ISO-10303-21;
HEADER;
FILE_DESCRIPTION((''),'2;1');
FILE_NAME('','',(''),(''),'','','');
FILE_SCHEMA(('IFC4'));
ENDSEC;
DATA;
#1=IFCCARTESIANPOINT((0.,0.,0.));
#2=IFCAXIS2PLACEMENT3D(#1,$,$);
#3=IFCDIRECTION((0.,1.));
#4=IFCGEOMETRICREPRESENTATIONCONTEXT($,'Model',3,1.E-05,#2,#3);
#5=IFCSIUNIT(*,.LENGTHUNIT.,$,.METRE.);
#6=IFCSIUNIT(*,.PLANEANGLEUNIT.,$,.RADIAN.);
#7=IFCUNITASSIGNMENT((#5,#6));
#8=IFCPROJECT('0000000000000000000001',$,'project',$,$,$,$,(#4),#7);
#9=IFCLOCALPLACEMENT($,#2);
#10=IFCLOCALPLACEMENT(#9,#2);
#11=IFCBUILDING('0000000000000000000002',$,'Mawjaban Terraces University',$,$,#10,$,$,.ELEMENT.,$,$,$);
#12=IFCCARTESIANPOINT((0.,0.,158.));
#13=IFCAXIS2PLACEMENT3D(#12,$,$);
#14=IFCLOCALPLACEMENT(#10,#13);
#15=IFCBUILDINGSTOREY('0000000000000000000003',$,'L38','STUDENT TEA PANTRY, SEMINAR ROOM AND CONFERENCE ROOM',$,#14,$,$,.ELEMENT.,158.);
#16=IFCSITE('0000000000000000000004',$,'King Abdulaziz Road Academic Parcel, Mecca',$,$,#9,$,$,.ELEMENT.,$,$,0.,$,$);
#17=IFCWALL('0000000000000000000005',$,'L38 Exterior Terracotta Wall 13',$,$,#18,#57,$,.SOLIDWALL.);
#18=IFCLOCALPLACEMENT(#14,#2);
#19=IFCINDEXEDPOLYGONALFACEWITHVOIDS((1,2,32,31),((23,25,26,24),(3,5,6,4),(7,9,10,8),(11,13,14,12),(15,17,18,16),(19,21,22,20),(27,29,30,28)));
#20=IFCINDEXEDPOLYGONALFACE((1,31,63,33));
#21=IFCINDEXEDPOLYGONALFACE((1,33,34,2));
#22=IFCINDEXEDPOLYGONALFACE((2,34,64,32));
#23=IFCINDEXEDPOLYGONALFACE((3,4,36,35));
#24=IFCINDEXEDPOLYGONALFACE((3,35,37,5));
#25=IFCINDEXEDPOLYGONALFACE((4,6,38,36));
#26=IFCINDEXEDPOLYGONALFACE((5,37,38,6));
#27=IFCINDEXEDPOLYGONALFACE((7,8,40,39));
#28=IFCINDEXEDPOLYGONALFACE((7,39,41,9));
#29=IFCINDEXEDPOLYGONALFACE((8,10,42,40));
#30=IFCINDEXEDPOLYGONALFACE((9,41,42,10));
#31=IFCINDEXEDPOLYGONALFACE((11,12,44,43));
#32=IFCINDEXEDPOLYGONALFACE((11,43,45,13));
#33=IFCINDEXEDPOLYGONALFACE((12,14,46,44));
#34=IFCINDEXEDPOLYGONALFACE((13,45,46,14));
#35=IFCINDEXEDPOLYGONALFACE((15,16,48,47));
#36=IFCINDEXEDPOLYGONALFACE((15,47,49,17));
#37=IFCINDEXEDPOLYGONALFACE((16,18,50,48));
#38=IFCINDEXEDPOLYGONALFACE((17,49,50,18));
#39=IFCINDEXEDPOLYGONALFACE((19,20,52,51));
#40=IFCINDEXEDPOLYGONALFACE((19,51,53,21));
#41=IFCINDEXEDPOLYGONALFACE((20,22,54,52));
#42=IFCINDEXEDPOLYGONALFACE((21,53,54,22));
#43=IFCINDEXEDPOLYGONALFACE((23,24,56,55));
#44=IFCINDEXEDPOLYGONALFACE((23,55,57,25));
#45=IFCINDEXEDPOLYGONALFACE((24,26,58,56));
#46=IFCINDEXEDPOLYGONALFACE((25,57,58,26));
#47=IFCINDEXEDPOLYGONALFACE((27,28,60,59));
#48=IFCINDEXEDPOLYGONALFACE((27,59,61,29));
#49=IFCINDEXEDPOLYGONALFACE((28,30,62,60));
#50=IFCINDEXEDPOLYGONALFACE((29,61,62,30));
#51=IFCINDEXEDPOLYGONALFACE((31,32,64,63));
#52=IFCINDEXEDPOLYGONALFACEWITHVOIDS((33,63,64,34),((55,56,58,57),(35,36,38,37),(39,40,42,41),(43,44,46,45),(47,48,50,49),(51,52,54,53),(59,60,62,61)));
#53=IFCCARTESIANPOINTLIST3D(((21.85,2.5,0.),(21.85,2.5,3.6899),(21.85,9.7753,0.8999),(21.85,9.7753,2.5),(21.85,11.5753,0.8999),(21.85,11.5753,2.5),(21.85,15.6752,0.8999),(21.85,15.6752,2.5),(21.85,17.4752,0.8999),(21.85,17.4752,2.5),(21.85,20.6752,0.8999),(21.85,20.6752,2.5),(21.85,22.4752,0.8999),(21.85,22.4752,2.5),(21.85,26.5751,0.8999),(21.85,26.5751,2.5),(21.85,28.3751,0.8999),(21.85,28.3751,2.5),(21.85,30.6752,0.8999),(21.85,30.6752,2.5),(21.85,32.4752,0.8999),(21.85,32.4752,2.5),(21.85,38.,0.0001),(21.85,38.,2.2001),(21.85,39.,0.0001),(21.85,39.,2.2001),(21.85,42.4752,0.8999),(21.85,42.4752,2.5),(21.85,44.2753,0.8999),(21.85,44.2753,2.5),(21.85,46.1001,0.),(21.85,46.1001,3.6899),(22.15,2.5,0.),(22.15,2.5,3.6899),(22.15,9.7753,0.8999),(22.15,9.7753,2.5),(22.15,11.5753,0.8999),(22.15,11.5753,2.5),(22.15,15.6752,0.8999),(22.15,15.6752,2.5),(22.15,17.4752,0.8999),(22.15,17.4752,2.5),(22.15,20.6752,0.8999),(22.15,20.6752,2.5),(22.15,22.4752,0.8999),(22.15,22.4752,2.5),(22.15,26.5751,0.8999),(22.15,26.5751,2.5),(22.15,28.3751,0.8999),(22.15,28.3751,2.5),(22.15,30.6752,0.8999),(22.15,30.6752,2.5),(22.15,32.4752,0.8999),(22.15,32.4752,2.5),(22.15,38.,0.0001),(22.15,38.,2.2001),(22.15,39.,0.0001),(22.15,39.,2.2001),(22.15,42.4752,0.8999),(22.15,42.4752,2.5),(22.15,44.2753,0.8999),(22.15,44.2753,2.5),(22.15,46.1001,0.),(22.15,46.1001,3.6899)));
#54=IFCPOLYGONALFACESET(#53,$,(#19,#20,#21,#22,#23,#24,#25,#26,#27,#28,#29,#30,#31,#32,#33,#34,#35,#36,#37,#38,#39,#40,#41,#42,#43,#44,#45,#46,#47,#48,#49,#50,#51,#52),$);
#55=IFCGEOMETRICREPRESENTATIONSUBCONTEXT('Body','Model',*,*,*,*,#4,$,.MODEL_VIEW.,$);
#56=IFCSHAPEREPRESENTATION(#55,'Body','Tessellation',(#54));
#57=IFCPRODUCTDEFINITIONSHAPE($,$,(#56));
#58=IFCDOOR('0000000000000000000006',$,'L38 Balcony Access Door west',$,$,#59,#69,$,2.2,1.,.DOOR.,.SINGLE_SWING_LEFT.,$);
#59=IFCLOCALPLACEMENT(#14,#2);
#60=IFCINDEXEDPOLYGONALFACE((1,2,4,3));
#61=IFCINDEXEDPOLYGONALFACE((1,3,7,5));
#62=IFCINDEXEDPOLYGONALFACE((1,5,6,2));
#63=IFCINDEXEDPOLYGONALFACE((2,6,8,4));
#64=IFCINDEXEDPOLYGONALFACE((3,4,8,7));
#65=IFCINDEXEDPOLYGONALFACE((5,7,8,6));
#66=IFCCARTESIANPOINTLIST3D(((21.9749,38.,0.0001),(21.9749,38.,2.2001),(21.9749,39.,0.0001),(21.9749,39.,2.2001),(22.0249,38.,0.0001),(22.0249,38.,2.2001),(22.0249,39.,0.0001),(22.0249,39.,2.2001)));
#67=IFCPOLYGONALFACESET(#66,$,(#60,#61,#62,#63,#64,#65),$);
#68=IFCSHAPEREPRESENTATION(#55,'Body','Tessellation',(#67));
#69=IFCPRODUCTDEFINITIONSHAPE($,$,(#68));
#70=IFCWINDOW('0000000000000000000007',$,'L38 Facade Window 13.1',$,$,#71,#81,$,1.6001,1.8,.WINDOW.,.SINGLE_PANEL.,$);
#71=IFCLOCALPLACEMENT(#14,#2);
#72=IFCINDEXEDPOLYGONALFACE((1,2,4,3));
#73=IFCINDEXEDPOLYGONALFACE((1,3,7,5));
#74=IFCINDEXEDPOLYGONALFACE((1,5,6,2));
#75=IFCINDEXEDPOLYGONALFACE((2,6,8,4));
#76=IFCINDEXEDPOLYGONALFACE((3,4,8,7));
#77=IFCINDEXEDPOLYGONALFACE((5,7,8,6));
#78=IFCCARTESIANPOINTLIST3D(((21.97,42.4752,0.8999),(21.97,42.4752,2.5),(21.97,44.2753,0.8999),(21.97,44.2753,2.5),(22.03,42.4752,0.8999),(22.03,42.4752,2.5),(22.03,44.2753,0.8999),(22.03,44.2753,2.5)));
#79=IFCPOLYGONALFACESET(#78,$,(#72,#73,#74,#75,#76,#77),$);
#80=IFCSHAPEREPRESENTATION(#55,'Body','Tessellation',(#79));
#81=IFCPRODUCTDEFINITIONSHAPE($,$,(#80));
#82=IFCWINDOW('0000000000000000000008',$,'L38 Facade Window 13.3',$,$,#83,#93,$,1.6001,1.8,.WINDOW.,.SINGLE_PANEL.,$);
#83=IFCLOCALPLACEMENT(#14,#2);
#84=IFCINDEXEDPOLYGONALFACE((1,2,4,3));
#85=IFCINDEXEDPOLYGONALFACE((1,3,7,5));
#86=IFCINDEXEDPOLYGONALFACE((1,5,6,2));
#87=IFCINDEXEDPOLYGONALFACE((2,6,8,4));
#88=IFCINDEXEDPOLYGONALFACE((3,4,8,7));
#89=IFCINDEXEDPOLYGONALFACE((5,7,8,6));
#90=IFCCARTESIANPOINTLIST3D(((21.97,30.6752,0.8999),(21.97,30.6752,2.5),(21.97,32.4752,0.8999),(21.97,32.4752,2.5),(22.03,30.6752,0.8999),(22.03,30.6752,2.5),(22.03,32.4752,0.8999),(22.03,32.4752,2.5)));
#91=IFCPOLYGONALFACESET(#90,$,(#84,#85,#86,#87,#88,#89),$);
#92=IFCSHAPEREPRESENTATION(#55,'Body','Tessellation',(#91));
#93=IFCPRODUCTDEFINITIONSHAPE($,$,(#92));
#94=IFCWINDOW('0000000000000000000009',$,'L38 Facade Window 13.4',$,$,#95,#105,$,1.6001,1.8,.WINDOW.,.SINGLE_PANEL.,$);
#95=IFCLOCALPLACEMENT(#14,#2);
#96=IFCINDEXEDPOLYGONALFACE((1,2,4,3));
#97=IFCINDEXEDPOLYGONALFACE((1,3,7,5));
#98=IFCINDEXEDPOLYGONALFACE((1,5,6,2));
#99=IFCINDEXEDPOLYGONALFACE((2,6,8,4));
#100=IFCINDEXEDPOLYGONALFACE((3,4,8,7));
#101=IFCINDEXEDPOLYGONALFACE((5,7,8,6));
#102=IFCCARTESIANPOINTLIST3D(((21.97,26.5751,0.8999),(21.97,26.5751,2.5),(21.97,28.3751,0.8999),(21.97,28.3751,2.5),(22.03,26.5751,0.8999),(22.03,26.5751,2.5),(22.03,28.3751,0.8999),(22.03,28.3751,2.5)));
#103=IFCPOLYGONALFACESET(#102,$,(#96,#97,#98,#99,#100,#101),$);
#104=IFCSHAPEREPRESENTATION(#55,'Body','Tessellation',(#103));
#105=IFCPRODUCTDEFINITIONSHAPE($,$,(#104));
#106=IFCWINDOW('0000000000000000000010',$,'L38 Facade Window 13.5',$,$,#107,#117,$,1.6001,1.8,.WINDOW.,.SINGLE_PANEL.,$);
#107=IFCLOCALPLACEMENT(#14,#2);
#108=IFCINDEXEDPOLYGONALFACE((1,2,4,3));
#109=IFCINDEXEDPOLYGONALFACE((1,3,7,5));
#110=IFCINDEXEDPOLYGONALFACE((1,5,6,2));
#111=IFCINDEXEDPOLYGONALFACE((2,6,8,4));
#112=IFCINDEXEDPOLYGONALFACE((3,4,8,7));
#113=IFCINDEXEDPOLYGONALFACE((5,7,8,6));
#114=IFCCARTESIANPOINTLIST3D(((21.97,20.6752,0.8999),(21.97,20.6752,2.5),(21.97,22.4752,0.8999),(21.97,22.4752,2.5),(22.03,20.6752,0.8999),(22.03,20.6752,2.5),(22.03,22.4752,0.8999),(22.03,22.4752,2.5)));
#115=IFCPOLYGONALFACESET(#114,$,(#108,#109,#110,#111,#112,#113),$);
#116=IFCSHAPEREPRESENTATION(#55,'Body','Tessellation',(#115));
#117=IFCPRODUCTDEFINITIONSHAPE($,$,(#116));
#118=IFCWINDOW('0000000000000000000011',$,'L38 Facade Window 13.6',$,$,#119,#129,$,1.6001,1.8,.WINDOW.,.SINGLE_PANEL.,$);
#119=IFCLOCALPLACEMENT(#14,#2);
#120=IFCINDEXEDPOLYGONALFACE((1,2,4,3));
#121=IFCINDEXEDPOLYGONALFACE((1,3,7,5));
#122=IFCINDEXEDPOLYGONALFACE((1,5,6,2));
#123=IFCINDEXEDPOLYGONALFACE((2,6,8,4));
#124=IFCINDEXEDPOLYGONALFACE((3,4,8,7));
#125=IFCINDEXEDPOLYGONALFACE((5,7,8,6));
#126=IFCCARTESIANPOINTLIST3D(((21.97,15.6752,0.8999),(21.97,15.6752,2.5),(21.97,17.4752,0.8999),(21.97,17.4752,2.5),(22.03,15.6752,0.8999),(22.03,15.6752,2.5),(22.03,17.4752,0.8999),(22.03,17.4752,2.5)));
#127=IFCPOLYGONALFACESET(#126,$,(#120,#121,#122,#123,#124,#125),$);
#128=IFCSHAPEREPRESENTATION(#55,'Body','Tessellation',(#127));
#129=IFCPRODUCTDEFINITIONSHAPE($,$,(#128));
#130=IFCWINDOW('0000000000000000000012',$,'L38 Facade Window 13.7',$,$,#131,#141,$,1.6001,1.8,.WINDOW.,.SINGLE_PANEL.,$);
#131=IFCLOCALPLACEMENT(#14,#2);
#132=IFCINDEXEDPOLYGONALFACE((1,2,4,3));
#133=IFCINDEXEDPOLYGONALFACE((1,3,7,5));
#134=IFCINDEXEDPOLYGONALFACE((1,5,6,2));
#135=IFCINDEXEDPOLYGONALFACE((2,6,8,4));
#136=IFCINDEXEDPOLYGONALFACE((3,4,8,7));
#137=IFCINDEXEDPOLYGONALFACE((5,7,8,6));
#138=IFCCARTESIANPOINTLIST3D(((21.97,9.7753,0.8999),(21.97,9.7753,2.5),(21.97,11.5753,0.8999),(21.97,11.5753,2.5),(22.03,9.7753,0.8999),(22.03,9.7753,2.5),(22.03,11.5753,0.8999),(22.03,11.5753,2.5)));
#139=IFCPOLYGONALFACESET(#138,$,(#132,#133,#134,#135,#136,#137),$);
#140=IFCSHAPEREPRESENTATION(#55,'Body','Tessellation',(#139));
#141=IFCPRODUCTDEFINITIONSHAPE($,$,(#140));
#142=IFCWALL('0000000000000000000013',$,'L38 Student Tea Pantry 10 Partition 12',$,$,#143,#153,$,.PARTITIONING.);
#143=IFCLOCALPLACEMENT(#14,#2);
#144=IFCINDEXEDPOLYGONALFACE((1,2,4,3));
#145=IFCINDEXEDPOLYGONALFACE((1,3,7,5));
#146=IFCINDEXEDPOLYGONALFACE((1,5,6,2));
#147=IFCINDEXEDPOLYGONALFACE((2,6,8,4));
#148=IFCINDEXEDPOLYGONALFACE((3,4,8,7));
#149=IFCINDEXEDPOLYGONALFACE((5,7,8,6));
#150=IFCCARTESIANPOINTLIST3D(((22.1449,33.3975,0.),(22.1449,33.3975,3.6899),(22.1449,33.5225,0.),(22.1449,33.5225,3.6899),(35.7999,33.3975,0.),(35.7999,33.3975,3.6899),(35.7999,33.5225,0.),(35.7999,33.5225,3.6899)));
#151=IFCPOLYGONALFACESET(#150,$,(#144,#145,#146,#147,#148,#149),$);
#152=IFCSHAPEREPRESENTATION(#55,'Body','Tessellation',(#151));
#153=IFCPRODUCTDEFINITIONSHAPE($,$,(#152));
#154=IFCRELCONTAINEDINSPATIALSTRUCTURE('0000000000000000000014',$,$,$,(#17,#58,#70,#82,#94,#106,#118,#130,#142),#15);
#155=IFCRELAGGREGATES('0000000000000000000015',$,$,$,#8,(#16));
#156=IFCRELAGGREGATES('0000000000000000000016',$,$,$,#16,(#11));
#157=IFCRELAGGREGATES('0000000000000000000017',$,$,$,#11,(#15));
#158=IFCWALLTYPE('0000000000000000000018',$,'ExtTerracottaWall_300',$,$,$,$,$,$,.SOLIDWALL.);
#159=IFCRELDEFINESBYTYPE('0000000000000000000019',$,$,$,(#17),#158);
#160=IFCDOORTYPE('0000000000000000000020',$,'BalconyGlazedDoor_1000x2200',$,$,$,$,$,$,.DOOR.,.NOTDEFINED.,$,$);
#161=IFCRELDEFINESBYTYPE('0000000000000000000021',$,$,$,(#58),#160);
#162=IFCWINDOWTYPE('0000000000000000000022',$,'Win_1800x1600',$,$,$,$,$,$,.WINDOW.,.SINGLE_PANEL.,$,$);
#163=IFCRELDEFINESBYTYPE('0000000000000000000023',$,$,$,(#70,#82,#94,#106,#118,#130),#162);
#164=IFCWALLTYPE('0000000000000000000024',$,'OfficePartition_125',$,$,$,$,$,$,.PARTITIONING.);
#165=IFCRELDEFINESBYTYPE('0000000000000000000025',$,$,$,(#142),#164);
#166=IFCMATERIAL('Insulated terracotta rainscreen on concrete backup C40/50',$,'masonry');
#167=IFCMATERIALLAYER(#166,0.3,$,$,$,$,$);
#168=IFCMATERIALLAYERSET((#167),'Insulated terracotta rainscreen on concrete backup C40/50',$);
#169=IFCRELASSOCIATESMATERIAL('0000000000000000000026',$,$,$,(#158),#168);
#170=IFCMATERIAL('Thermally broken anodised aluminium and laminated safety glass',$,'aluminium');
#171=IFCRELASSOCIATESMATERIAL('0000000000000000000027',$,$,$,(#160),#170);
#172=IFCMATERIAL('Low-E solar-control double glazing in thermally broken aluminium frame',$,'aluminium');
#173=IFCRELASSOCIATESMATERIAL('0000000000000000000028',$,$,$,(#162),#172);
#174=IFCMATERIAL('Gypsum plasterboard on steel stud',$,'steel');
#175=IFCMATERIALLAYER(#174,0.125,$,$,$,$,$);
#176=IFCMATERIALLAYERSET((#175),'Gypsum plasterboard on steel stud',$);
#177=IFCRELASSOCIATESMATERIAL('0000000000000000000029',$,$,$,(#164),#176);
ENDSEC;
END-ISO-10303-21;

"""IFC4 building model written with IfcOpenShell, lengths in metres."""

from ifc_helpers import new_model, si_unit, direction, frame, frame_2d, origin, place, context, subcontext, project, spatial, rectangle, extrude, material, layer, layer_set, type_object, element, fill, save


model = new_model("IFC4")

# Units and contexts
model_context = context("Model", 3, precision=1e-05, world=origin(), true_north=direction((0.0, 1.0)))
body_context = subcontext(model_context, "Body", "Model", "MODEL_VIEW")
ifc_project = project(units=[si_unit("LENGTHUNIT", "METRE"), si_unit("PLANEANGLEUNIT", "RADIAN")], contexts=[model_context])

# Site, building, storey
site_placement = place(None, origin())
site = spatial("IfcSite", under=ifc_project, at=site_placement, Name="King Abdulaziz Road Academic Parcel, Mecca", CompositionType="ELEMENT", RefElevation=0.0)
building_placement = place(site_placement, origin())
building = spatial("IfcBuilding", under=site, at=building_placement, Name="Mawjaban Terraces University", CompositionType="ELEMENT")
storey_placement = place(building_placement, frame((0.0, 0.0, 158.0)))
storey = spatial("IfcBuildingStorey", under=building, at=storey_placement, Name="L38", Description="STUDENT TEA PANTRY, SEMINAR ROOM AND CONFERENCE ROOM", CompositionType="ELEMENT", Elevation=158.0)

# Shared definitions
ifc_material_1 = material(Name="Insulated terracotta rainscreen on concrete backup C40/50", Category="masonry")
ifc_layer_1 = layer(ifc_material_1, 0.3)
ifc_layer_set_1 = layer_set([ifc_layer_1], Name="Insulated terracotta rainscreen on concrete backup C40/50")
wall_type_1 = type_object("IfcWallType", Name="ExtTerracottaWall_300", PredefinedType="SOLIDWALL", material=ifc_layer_set_1)
ifc_material_2 = material(Name="Low-E solar-control double glazing in thermally broken aluminium frame", Category="aluminium")

# Wall, openings, door, windows
wall_1_placement = place(storey_placement, frame((22.0, 46.1001, 0.0), z_axis=(0.0, 0.0, 1.0), x_axis=(0.0, -1.0, 0.0)))
wall_1 = element("IfcWall", 1, at=wall_1_placement, inside=storey, type_object=wall_type_1, Name="L38 Exterior Terracotta Wall 13", PredefinedType="SOLIDWALL", context=body_context, shape_type="SweptSolid", body=[
    extrude(rectangle(XDim=43.6001, YDim=0.3, at=frame_2d((21.8, 0.0))), origin(), (0.0, 0.0, 1.0), 3.6899),
])
opening_1_placement = place(wall_1_placement, frame((7.1001, 0.0, 0.0)))
opening_1 = element("IfcOpeningElement", 2, at=opening_1_placement, cuts=wall_1, PredefinedType="OPENING", context=body_context, shape_type="SweptSolid", body=[
    extrude(rectangle(XDim=1.0, YDim=2.2, at=frame_2d((0.5, 1.1001))), frame((0.0, 0.1599, 0.0), z_axis=(0.0, -1.0, 0.0), x_axis=(1.0, 0.0, 0.0)), (0.0, 0.0, 1.0), 0.3201),
])
opening_2_placement = place(wall_1_placement, frame((1.825, 0.0, 0.8999)))
opening_2 = element("IfcOpeningElement", 3, at=opening_2_placement, cuts=wall_1, PredefinedType="OPENING", context=body_context, shape_type="SweptSolid", body=[
    extrude(rectangle(XDim=1.8, YDim=1.6001, at=frame_2d((0.8999, 0.8))), frame((0.0, 0.1599, 0.0), z_axis=(0.0, -1.0, 0.0), x_axis=(1.0, 0.0, 0.0)), (0.0, 0.0, 1.0), 0.3201),
])
opening_3_placement = place(wall_1_placement, frame((13.625, 0.0, 0.8999)))
opening_3 = element("IfcOpeningElement", 4, at=opening_3_placement, cuts=wall_1, PredefinedType="OPENING", context=body_context, shape_type="SweptSolid", body=[
    extrude(rectangle(XDim=1.8, YDim=1.6001, at=frame_2d((0.8999, 0.8))), frame((0.0, 0.1599, 0.0), z_axis=(0.0, -1.0, 0.0), x_axis=(1.0, 0.0, 0.0)), (0.0, 0.0, 1.0), 0.3201),
])
opening_4_placement = place(wall_1_placement, frame((17.7251, 0.0, 0.8999)))
opening_4 = element("IfcOpeningElement", 5, at=opening_4_placement, cuts=wall_1, PredefinedType="OPENING", context=body_context, shape_type="SweptSolid", body=[
    extrude(rectangle(XDim=1.8, YDim=1.6001, at=frame_2d((0.8999, 0.8))), frame((0.0, 0.1599, 0.0), z_axis=(0.0, -1.0, 0.0), x_axis=(1.0, 0.0, 0.0)), (0.0, 0.0, 1.0), 0.3201),
])
opening_5_placement = place(wall_1_placement, frame((23.625, 0.0, 0.8999)))
opening_5 = element("IfcOpeningElement", 6, at=opening_5_placement, cuts=wall_1, PredefinedType="OPENING", context=body_context, shape_type="SweptSolid", body=[
    extrude(rectangle(XDim=1.8, YDim=1.6001, at=frame_2d((0.8999, 0.8))), frame((0.0, 0.1599, 0.0), z_axis=(0.0, -1.0, 0.0), x_axis=(1.0, 0.0, 0.0)), (0.0, 0.0, 1.0), 0.3201),
])
opening_6_placement = place(wall_1_placement, frame((28.625, 0.0, 0.8999)))
opening_6 = element("IfcOpeningElement", 7, at=opening_6_placement, cuts=wall_1, PredefinedType="OPENING", context=body_context, shape_type="SweptSolid", body=[
    extrude(rectangle(XDim=1.8, YDim=1.6001, at=frame_2d((0.8999, 0.8))), frame((0.0, 0.1599, 0.0), z_axis=(0.0, -1.0, 0.0), x_axis=(1.0, 0.0, 0.0)), (0.0, 0.0, 1.0), 0.3201),
])
opening_7_placement = place(wall_1_placement, frame((34.5249, 0.0, 0.8999)))
opening_7 = element("IfcOpeningElement", 8, at=opening_7_placement, cuts=wall_1, PredefinedType="OPENING", context=body_context, shape_type="SweptSolid", body=[
    extrude(rectangle(XDim=1.8, YDim=1.6001, at=frame_2d((0.8999, 0.8))), frame((0.0, 0.1599, 0.0), z_axis=(0.0, -1.0, 0.0), x_axis=(1.0, 0.0, 0.0)), (0.0, 0.0, 1.0), 0.3201),
])
ifc_material_3 = material(Name="Thermally broken anodised aluminium and laminated safety glass", Category="aluminium")
door_type = type_object("IfcDoorType", Name="BalconyGlazedDoor_1000x2200", OperationType="NOTDEFINED", PredefinedType="DOOR", material=ifc_material_3)
door_placement = place(opening_1_placement, origin())
door = element("IfcDoor", 9, at=door_placement, inside=storey, type_object=door_type, Name="L38 Balcony Access Door west", OperationType="SINGLE_SWING_LEFT", OverallHeight=2.2, OverallWidth=1.0, PredefinedType="DOOR", context=body_context, shape_type="SweptSolid", body=[
    extrude(rectangle(XDim=1.0, YDim=2.2, at=frame_2d((0.5, 1.1001))), frame((0.0, 0.0249, 0.0), z_axis=(0.0, -1.0, 0.0), x_axis=(1.0, 0.0, 0.0)), (0.0, 0.0, 1.0), 0.05),
])
fill(opening_1, door)
window_type_1 = type_object("IfcWindowType", Name="Win_1800x1600", PartitioningType="SINGLE_PANEL", PredefinedType="WINDOW", material=ifc_material_2)
window_1_placement = place(opening_2_placement, origin())
window_1 = element("IfcWindow", 10, at=window_1_placement, inside=storey, type_object=window_type_1, Name="L38 Facade Window 13.1", OverallHeight=1.6001, OverallWidth=1.8, PartitioningType="SINGLE_PANEL", PredefinedType="WINDOW", context=body_context, shape_type="SweptSolid", body=[
    extrude(rectangle(XDim=1.8, YDim=1.6001, at=frame_2d((0.8999, 0.8))), frame((0.0, 0.03, 0.0), z_axis=(0.0, -1.0, 0.0), x_axis=(1.0, 0.0, 0.0)), (0.0, 0.0, 1.0), 0.0601),
])
fill(opening_2, window_1)
window_2_placement = place(opening_3_placement, origin())
window_2 = element("IfcWindow", 11, at=window_2_placement, inside=storey, type_object=window_type_1, Name="L38 Facade Window 13.3", OverallHeight=1.6001, OverallWidth=1.8, PartitioningType="SINGLE_PANEL", PredefinedType="WINDOW", context=body_context, shape_type="SweptSolid", body=[
    extrude(rectangle(XDim=1.8, YDim=1.6001, at=frame_2d((0.8999, 0.8))), frame((0.0, 0.03, 0.0), z_axis=(0.0, -1.0, 0.0), x_axis=(1.0, 0.0, 0.0)), (0.0, 0.0, 1.0), 0.0601),
])
fill(opening_3, window_2)
window_3_placement = place(opening_4_placement, origin())
window_3 = element("IfcWindow", 12, at=window_3_placement, inside=storey, type_object=window_type_1, Name="L38 Facade Window 13.4", OverallHeight=1.6001, OverallWidth=1.8, PartitioningType="SINGLE_PANEL", PredefinedType="WINDOW", context=body_context, shape_type="SweptSolid", body=[
    extrude(rectangle(XDim=1.8, YDim=1.6001, at=frame_2d((0.8999, 0.8))), frame((0.0, 0.03, 0.0), z_axis=(0.0, -1.0, 0.0), x_axis=(1.0, 0.0, 0.0)), (0.0, 0.0, 1.0), 0.0601),
])
fill(opening_4, window_3)
window_4_placement = place(opening_5_placement, origin())
window_4 = element("IfcWindow", 13, at=window_4_placement, inside=storey, type_object=window_type_1, Name="L38 Facade Window 13.5", OverallHeight=1.6001, OverallWidth=1.8, PartitioningType="SINGLE_PANEL", PredefinedType="WINDOW", context=body_context, shape_type="SweptSolid", body=[
    extrude(rectangle(XDim=1.8, YDim=1.6001, at=frame_2d((0.8999, 0.8))), frame((0.0, 0.03, 0.0), z_axis=(0.0, -1.0, 0.0), x_axis=(1.0, 0.0, 0.0)), (0.0, 0.0, 1.0), 0.0601),
])
fill(opening_5, window_4)
window_5_placement = place(opening_6_placement, origin())
window_5 = element("IfcWindow", 14, at=window_5_placement, inside=storey, type_object=window_type_1, Name="L38 Facade Window 13.6", OverallHeight=1.6001, OverallWidth=1.8, PartitioningType="SINGLE_PANEL", PredefinedType="WINDOW", context=body_context, shape_type="SweptSolid", body=[
    extrude(rectangle(XDim=1.8, YDim=1.6001, at=frame_2d((0.8999, 0.8))), frame((0.0, 0.03, 0.0), z_axis=(0.0, -1.0, 0.0), x_axis=(1.0, 0.0, 0.0)), (0.0, 0.0, 1.0), 0.0601),
])
fill(opening_6, window_5)
window_6_placement = place(opening_7_placement, origin())
window_6 = element("IfcWindow", 15, at=window_6_placement, inside=storey, type_object=window_type_1, Name="L38 Facade Window 13.7", OverallHeight=1.6001, OverallWidth=1.8, PartitioningType="SINGLE_PANEL", PredefinedType="WINDOW", context=body_context, shape_type="SweptSolid", body=[
    extrude(rectangle(XDim=1.8, YDim=1.6001, at=frame_2d((0.8999, 0.8))), frame((0.0, 0.03, 0.0), z_axis=(0.0, -1.0, 0.0), x_axis=(1.0, 0.0, 0.0)), (0.0, 0.0, 1.0), 0.0601),
])
fill(opening_7, window_6)

# Wall
ifc_material_4 = material(Name="Gypsum plasterboard on steel stud", Category="steel")
ifc_layer_2 = layer(ifc_material_4, 0.125)
ifc_layer_set_2 = layer_set([ifc_layer_2], Name="Gypsum plasterboard on steel stud")
wall_type_2 = type_object("IfcWallType", Name="OfficePartition_125", PredefinedType="PARTITIONING", material=ifc_layer_set_2)
wall_2_placement = place(storey_placement, frame((35.8, 33.46, 0.0), z_axis=(0.0, 0.0, 1.0), x_axis=(-1.0, 0.0, 0.0)))
element("IfcWall", 16, at=wall_2_placement, inside=storey, type_object=wall_type_2, Name="L38 Student Tea Pantry 10 Partition 12", PredefinedType="PARTITIONING", context=body_context, shape_type="SweptSolid", body=[
    extrude(rectangle(XDim=13.655, YDim=0.125, at=frame_2d((6.8276, 0.0))), origin(), (0.0, 0.0, 1.0), 3.6899),
])

save(model, "model.ifc")
